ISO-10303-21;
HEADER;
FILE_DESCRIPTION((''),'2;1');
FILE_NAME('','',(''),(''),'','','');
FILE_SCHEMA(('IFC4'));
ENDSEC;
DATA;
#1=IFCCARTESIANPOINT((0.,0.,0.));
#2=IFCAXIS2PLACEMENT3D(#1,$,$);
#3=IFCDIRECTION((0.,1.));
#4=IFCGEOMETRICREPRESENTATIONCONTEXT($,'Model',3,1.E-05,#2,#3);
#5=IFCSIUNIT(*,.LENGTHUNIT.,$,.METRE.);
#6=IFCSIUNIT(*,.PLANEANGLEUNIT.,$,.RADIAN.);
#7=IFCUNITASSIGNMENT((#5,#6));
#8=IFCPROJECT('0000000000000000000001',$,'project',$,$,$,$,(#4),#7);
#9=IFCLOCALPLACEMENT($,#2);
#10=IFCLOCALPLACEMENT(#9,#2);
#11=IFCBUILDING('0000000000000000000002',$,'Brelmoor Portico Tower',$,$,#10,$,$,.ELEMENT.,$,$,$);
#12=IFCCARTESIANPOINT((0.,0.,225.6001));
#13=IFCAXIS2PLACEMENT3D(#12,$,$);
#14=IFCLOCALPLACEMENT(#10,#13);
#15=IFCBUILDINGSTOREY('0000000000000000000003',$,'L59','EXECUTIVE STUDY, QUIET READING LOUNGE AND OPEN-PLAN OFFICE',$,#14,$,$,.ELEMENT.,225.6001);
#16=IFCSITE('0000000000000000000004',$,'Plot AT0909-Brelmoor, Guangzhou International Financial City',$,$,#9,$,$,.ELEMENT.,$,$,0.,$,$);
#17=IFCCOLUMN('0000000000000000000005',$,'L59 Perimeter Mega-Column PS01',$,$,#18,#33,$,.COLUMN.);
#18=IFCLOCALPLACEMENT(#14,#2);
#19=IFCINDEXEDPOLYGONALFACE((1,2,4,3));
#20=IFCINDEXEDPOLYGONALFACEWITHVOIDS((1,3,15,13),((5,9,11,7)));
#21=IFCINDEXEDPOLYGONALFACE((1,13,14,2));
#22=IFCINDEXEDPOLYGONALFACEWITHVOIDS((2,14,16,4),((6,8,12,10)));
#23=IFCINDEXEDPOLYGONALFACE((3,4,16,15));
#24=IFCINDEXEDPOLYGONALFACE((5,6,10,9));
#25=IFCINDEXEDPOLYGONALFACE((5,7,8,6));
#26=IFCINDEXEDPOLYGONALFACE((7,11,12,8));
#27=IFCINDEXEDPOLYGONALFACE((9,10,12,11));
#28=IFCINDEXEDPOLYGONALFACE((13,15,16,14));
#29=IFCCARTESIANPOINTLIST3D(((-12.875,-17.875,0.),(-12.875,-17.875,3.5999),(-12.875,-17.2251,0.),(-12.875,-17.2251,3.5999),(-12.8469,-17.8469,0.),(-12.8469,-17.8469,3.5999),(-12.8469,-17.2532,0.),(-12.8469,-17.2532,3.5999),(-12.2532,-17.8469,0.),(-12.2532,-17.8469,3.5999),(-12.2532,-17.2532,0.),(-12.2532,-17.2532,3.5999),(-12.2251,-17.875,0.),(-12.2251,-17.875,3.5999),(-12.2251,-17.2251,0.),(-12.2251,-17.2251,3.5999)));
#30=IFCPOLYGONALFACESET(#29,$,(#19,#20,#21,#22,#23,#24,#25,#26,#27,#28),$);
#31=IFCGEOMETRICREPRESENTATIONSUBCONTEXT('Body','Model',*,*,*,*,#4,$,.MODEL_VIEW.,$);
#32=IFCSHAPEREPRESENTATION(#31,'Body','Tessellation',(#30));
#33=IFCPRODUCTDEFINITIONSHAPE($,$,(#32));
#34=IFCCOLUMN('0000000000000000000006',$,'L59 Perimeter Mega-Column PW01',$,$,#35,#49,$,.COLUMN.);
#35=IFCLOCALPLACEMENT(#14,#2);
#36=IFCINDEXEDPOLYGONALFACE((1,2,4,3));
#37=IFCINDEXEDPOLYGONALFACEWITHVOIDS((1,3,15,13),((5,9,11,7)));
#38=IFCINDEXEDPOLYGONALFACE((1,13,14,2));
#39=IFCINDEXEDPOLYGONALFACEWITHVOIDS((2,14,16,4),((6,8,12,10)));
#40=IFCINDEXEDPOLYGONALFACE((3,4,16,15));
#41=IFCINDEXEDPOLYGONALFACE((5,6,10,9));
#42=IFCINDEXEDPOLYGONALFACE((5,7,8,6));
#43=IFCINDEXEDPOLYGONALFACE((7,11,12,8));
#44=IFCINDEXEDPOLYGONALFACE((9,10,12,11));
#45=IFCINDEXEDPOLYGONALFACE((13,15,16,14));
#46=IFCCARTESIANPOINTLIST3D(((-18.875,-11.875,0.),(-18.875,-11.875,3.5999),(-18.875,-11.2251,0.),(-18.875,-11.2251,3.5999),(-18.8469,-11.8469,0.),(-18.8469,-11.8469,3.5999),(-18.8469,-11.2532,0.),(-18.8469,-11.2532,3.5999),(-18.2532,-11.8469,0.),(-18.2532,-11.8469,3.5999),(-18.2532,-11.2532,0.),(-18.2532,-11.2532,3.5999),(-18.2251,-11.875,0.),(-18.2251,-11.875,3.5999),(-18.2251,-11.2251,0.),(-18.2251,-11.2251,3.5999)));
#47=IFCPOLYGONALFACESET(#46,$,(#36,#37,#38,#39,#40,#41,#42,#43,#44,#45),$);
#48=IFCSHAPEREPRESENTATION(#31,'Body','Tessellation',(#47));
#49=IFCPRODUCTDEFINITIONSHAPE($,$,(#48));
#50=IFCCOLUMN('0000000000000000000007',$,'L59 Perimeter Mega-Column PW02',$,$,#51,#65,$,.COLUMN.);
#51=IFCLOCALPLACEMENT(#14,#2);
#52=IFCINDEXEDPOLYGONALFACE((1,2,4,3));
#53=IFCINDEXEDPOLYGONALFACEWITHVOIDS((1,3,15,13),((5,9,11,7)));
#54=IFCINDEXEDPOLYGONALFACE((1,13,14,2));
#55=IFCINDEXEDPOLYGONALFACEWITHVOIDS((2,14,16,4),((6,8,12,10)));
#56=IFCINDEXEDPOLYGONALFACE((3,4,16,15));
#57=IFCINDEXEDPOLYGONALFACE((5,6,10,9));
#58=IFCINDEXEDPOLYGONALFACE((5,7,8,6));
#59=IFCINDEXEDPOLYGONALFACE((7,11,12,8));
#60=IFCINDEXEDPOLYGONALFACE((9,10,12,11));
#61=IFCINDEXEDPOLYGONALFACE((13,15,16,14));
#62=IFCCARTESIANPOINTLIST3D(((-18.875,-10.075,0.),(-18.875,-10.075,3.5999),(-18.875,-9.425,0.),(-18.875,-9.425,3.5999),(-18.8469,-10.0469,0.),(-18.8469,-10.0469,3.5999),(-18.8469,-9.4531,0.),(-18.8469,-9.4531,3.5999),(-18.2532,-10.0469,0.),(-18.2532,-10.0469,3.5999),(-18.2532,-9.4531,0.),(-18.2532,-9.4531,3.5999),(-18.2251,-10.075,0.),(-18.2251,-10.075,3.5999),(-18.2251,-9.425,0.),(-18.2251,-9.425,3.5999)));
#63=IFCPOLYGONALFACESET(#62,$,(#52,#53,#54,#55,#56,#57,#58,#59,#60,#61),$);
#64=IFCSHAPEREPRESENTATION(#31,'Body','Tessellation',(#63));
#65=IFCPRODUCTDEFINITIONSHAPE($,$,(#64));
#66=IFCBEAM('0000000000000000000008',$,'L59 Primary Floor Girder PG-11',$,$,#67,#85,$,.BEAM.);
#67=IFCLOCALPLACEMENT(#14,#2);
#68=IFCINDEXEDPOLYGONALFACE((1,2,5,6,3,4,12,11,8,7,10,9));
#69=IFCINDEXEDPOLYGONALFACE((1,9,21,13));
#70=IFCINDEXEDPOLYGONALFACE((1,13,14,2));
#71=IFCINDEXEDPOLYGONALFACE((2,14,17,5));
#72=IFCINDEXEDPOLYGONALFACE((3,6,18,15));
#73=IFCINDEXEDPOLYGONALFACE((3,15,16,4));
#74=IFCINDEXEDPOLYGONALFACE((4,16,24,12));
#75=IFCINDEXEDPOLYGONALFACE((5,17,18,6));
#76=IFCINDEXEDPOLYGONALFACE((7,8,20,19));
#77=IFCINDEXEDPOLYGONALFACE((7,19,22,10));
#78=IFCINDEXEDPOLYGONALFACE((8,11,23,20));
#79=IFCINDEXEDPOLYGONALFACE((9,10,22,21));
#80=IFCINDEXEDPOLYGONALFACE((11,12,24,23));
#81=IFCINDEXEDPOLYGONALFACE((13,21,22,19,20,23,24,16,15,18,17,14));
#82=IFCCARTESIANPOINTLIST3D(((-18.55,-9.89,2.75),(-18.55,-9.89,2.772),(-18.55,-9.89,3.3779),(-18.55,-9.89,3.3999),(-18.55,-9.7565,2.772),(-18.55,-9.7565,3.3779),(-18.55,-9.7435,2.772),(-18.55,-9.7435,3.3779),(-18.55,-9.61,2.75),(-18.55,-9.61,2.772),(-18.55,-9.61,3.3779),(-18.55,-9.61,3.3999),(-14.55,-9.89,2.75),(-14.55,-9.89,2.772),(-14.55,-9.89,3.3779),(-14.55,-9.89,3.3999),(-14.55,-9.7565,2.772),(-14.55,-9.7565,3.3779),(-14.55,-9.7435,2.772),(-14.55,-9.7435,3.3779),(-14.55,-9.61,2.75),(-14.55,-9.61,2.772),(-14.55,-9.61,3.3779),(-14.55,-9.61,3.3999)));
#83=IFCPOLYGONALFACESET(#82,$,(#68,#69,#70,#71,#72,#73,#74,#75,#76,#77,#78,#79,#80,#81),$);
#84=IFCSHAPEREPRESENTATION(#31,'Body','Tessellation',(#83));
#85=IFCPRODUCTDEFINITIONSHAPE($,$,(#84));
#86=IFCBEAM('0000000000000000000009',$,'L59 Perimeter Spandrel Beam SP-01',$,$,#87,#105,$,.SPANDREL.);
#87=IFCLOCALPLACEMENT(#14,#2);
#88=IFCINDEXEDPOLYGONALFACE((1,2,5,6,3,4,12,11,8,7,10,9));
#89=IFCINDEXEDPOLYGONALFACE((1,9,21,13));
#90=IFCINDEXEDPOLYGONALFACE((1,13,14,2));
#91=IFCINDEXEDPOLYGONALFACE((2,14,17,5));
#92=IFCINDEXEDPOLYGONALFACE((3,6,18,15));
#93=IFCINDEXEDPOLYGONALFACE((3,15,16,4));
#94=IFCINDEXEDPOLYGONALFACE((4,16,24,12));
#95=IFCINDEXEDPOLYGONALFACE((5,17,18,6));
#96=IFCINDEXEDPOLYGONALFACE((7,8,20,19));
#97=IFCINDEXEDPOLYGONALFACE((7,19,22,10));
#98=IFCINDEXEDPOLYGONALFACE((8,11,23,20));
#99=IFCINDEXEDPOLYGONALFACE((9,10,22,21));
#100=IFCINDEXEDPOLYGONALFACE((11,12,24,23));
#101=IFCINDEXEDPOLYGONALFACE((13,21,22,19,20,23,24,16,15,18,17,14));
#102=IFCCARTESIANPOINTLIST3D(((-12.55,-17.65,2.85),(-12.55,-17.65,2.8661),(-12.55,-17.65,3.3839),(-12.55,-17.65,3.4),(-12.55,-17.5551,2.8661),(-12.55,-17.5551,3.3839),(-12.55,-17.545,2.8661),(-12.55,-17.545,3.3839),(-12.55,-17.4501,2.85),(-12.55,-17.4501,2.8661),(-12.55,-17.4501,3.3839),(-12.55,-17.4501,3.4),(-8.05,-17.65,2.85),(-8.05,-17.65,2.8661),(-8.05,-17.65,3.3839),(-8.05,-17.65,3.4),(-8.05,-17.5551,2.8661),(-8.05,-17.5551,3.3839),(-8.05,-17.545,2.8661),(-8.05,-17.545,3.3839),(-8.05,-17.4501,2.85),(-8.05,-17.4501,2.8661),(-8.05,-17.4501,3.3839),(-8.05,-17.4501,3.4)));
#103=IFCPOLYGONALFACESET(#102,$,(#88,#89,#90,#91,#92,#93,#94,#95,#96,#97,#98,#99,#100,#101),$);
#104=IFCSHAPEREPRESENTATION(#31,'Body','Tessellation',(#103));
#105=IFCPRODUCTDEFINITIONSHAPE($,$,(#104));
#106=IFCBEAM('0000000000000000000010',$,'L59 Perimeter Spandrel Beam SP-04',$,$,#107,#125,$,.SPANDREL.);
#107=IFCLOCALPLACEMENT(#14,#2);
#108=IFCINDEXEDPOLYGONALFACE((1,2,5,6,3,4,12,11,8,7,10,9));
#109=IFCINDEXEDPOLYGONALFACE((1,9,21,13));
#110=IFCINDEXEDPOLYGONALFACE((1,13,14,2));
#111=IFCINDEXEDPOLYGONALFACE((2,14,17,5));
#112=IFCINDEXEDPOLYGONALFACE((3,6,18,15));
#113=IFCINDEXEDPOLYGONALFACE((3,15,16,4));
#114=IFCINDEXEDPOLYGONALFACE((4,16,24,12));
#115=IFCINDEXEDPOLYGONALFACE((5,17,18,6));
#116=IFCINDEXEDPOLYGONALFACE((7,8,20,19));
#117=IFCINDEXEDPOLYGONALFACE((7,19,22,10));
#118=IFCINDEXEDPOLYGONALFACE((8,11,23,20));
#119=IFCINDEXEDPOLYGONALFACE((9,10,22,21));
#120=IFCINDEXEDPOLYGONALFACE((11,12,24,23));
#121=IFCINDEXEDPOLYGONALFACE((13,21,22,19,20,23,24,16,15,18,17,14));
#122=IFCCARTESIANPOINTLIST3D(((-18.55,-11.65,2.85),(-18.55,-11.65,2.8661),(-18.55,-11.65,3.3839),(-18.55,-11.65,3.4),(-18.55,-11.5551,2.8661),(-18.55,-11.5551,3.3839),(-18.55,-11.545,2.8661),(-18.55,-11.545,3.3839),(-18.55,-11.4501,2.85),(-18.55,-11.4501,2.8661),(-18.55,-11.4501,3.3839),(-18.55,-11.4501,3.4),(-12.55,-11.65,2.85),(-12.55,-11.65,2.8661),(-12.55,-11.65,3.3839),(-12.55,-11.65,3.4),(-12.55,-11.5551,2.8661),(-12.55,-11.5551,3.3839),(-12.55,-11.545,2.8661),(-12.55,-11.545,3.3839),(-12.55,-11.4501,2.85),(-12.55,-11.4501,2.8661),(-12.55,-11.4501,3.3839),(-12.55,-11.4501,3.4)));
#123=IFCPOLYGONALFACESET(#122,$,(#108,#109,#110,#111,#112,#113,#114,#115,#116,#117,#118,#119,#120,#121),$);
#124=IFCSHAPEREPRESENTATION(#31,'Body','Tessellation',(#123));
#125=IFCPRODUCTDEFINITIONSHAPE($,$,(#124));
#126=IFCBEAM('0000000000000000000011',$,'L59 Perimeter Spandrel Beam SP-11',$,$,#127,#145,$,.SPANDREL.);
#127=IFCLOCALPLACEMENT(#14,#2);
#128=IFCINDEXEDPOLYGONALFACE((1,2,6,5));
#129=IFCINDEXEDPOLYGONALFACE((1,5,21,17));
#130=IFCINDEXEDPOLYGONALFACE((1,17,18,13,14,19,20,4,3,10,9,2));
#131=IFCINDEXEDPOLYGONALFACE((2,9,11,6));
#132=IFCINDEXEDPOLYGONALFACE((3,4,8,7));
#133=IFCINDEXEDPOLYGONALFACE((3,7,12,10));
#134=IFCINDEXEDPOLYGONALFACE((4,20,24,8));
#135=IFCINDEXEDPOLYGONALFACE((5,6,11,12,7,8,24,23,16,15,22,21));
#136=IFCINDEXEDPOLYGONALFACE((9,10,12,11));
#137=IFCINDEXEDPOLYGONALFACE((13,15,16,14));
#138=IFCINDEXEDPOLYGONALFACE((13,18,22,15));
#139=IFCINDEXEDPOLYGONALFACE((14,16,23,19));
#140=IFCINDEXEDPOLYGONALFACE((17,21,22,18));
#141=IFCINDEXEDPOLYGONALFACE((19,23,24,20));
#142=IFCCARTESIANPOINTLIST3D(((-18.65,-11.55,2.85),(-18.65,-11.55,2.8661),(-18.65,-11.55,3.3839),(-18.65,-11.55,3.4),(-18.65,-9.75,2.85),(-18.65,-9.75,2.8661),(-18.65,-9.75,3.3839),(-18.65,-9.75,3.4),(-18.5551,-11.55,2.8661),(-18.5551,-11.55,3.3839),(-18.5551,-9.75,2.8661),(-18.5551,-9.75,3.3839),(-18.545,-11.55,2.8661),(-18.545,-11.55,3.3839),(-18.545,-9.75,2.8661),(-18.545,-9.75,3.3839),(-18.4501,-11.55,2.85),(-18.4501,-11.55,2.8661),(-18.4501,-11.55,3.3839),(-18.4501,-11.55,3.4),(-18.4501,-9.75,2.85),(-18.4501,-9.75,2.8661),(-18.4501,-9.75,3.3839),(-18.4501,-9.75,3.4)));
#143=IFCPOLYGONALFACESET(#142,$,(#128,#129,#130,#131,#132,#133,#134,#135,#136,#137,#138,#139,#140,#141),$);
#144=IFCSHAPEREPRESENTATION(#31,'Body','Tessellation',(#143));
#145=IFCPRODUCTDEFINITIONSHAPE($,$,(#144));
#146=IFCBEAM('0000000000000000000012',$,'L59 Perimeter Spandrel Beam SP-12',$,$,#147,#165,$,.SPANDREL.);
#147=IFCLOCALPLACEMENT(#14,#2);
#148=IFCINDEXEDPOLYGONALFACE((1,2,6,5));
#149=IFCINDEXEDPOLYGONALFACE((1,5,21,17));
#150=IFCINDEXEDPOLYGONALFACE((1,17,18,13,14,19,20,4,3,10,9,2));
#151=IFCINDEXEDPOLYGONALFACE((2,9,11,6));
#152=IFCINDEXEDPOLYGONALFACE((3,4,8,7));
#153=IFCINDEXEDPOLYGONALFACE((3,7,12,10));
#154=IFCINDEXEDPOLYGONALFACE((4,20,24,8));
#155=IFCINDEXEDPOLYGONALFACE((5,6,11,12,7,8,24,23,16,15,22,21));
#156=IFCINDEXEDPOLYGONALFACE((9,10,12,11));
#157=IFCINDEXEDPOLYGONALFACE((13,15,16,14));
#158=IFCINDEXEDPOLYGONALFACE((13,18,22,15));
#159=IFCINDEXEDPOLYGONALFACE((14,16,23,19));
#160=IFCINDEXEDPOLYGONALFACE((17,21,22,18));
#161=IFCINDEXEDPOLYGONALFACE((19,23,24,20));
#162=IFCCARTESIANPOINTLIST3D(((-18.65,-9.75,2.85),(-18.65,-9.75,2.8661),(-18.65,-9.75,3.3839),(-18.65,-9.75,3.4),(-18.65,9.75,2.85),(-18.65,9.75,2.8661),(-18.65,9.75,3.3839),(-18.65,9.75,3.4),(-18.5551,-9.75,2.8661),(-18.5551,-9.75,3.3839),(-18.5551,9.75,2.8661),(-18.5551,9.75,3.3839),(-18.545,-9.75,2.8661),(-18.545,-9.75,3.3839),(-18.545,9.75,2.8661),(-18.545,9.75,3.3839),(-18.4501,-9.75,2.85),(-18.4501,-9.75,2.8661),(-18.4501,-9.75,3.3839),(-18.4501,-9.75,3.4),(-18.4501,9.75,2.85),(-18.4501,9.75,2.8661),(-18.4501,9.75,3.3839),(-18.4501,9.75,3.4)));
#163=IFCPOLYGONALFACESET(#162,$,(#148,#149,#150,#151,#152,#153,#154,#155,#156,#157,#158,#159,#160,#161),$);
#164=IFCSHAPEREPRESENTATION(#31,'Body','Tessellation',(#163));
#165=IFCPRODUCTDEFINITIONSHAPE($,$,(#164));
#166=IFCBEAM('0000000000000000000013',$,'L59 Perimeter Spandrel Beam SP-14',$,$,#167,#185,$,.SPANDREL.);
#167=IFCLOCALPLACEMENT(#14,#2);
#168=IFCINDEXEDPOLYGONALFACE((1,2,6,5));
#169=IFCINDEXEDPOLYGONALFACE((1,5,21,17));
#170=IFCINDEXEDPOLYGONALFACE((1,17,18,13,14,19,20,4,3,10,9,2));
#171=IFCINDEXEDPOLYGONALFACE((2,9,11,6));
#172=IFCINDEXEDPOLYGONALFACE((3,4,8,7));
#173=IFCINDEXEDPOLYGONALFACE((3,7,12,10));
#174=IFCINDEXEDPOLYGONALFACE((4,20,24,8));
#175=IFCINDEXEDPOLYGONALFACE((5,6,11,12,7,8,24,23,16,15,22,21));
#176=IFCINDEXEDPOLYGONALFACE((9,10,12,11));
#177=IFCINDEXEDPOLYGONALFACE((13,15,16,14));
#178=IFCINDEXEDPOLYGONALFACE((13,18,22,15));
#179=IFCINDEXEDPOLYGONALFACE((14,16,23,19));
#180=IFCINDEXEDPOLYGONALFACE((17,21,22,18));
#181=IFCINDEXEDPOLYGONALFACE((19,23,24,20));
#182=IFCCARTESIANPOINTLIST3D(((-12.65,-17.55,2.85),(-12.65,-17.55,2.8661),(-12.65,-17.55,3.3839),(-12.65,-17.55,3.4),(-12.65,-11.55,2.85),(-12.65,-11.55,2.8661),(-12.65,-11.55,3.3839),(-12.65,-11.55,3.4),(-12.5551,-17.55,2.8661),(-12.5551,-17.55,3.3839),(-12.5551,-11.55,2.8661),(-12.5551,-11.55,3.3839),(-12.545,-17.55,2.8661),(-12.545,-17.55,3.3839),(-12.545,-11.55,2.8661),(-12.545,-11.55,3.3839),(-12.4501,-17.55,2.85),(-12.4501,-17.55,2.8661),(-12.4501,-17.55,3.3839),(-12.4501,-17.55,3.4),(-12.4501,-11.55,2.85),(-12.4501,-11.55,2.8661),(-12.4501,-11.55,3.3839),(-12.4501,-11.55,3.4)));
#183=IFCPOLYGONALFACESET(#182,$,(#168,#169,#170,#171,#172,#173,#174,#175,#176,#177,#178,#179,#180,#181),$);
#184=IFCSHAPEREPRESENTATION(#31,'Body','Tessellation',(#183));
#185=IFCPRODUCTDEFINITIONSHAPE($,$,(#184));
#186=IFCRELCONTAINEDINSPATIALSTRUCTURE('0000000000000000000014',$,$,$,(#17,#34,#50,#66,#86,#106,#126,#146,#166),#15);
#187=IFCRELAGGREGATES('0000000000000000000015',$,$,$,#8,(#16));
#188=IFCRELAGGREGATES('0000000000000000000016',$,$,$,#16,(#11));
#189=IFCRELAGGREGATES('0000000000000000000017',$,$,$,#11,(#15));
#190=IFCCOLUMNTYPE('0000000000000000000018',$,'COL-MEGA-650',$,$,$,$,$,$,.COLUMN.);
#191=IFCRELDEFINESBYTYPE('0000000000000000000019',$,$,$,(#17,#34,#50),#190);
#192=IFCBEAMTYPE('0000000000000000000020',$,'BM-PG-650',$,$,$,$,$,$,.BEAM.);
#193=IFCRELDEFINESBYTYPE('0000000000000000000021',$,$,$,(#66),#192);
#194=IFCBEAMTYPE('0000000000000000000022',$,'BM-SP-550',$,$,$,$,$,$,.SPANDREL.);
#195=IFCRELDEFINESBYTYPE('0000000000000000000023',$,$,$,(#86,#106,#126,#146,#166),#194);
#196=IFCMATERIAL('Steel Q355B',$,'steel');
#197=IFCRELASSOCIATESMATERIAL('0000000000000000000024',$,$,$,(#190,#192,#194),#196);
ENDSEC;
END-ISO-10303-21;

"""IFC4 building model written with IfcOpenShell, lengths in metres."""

from ifc_helpers import new_model, si_unit, direction, frame, origin, origin_2d, place, context, subcontext, project, spatial, hollow_rectangle, i_section, extrude, material, material_profile, profile_set, type_object, element, save


model = new_model("IFC4")

# Units and contexts
model_context = context("Model", 3, precision=1e-05, world=origin(), true_north=direction((0.0, 1.0)))
body_context = subcontext(model_context, "Body", "Model", "MODEL_VIEW")
ifc_project = project(units=[si_unit("LENGTHUNIT", "METRE"), si_unit("PLANEANGLEUNIT", "RADIAN")], contexts=[model_context])

# Site, building, storey
site_placement = place(None, origin())
site = spatial("IfcSite", under=ifc_project, at=site_placement, Name="Plot AT0909-Brelmoor, Guangzhou International Financial City", CompositionType="ELEMENT", RefElevation=0.0)
building_placement = place(site_placement, origin())
building = spatial("IfcBuilding", under=site, at=building_placement, Name="Brelmoor Portico Tower", CompositionType="ELEMENT")
storey_placement = place(building_placement, frame((0.0, 0.0, 225.6001)))
storey = spatial("IfcBuildingStorey", under=building, at=storey_placement, Name="L59", Description="EXECUTIVE STUDY, QUIET READING LOUNGE AND OPEN-PLAN OFFICE", CompositionType="ELEMENT", Elevation=225.6001)

# Columns
ifc_material_1 = material(Name="Steel Q355B", Category="steel")
ifc_material_profile_1 = material_profile(ifc_material_1, hollow_rectangle(XDim=0.6499, YDim=0.6499, WallThickness=0.0281, at=origin_2d()), Name="BOX 650x650x28")
ifc_profile_set_1 = profile_set([ifc_material_profile_1], Name="Steel Q355B")
column_type = type_object("IfcColumnType", Name="COL-MEGA-650", PredefinedType="COLUMN", material=ifc_profile_set_1)
for number, where, z_axis, x_axis, name in (
    (1, (-12.55, -17.55, 0.0), (0.0, 0.0, 1.0), (1.0, 0.0, 0.0), "L59 Perimeter Mega-Column PS01"),
    (2, (-18.55, -11.55, 0.0), (0.0, 0.0, 1.0), (0.0, 1.0, 0.0), "L59 Perimeter Mega-Column PW01"),
    (3, (-18.55, -9.75, 0.0), (0.0, 0.0, 1.0), (0.0, 1.0, 0.0), "L59 Perimeter Mega-Column PW02"),
):
    element("IfcColumn", number, at=place(storey_placement, frame(where, z_axis=z_axis, x_axis=x_axis)), inside=storey, type_object=column_type, Name=name, PredefinedType="COLUMN", context=body_context, shape_type="SweptSolid", body=[
        extrude(hollow_rectangle(XDim=0.6499, YDim=0.6499, WallThickness=0.0281, at=origin_2d()), origin(), (0.0, 0.0, 1.0), 3.5999),
    ])

# Beams
ifc_material_profile_2 = material_profile(ifc_material_1, i_section(OverallWidth=0.28, OverallDepth=0.6499, WebThickness=0.0129, FlangeThickness=0.022, at=origin_2d()), Name="HN 650x280x13x22")
ifc_profile_set_2 = profile_set([ifc_material_profile_2], Name="Steel Q355B")
beam_type_1 = type_object("IfcBeamType", Name="BM-PG-650", PredefinedType="BEAM", material=ifc_profile_set_2)
beam_1_placement = place(storey_placement, frame((-18.55, -9.75, 3.075), z_axis=(1.0, 0.0, 0.0), x_axis=(0.0, 1.0, 0.0)))
element("IfcBeam", 4, at=beam_1_placement, inside=storey, type_object=beam_type_1, Name="L59 Primary Floor Girder PG-11", PredefinedType="BEAM", context=body_context, shape_type="SweptSolid", body=[
    extrude(i_section(OverallWidth=0.28, OverallDepth=0.6499, WebThickness=0.0129, FlangeThickness=0.022, at=origin_2d()), origin(), (0.0, 0.0, 1.0), 4.0),
])
ifc_material_profile_3 = material_profile(ifc_material_1, i_section(OverallWidth=0.2, OverallDepth=0.55, WebThickness=0.01, FlangeThickness=0.0161, at=origin_2d()), Name="HN 550x200x10x16")
ifc_profile_set_3 = profile_set([ifc_material_profile_3], Name="Steel Q355B")
beam_type_2 = type_object("IfcBeamType", Name="BM-SP-550", PredefinedType="SPANDREL", material=ifc_profile_set_3)
beam_2_placement = place(storey_placement, frame((-12.55, -17.55, 3.125), z_axis=(1.0, 0.0, 0.0), x_axis=(0.0, 1.0, 0.0)))
element("IfcBeam", 5, at=beam_2_placement, inside=storey, type_object=beam_type_2, Name="L59 Perimeter Spandrel Beam SP-01", PredefinedType="SPANDREL", context=body_context, shape_type="SweptSolid", body=[
    extrude(i_section(OverallWidth=0.2, OverallDepth=0.55, WebThickness=0.01, FlangeThickness=0.0161, at=origin_2d()), origin(), (0.0, 0.0, 1.0), 4.5),
])
beam_3_placement = place(storey_placement, frame((-18.55, -11.55, 3.125), z_axis=(1.0, 0.0, 0.0), x_axis=(0.0, 1.0, 0.0)))
element("IfcBeam", 6, at=beam_3_placement, inside=storey, type_object=beam_type_2, Name="L59 Perimeter Spandrel Beam SP-04", PredefinedType="SPANDREL", context=body_context, shape_type="SweptSolid", body=[
    extrude(i_section(OverallWidth=0.2, OverallDepth=0.55, WebThickness=0.01, FlangeThickness=0.0161, at=origin_2d()), origin(), (0.0, 0.0, 1.0), 6.0),
])
beam_4_placement = place(storey_placement, frame((-18.55, -11.55, 3.125), z_axis=(0.0, 1.0, 0.0), x_axis=(-1.0, 0.0, 0.0)))
element("IfcBeam", 7, at=beam_4_placement, inside=storey, type_object=beam_type_2, Name="L59 Perimeter Spandrel Beam SP-11", PredefinedType="SPANDREL", context=body_context, shape_type="SweptSolid", body=[
    extrude(i_section(OverallWidth=0.2, OverallDepth=0.55, WebThickness=0.01, FlangeThickness=0.0161, at=origin_2d()), origin(), (0.0, 0.0, 1.0), 1.8),
])
beam_5_placement = place(storey_placement, frame((-18.55, -9.75, 3.125), z_axis=(0.0, 1.0, 0.0), x_axis=(-1.0, 0.0, 0.0)))
element("IfcBeam", 8, at=beam_5_placement, inside=storey, type_object=beam_type_2, Name="L59 Perimeter Spandrel Beam SP-12", PredefinedType="SPANDREL", context=body_context, shape_type="SweptSolid", body=[
    extrude(i_section(OverallWidth=0.2, OverallDepth=0.55, WebThickness=0.01, FlangeThickness=0.0161, at=origin_2d()), origin(), (0.0, 0.0, 1.0), 19.5),
])
beam_6_placement = place(storey_placement, frame((-12.55, -17.55, 3.125), z_axis=(0.0, 1.0, 0.0), x_axis=(-1.0, 0.0, 0.0)))
element("IfcBeam", 9, at=beam_6_placement, inside=storey, type_object=beam_type_2, Name="L59 Perimeter Spandrel Beam SP-14", PredefinedType="SPANDREL", context=body_context, shape_type="SweptSolid", body=[
    extrude(i_section(OverallWidth=0.2, OverallDepth=0.55, WebThickness=0.01, FlangeThickness=0.0161, at=origin_2d()), origin(), (0.0, 0.0, 1.0), 6.0),
])

save(model, "model.ifc")
